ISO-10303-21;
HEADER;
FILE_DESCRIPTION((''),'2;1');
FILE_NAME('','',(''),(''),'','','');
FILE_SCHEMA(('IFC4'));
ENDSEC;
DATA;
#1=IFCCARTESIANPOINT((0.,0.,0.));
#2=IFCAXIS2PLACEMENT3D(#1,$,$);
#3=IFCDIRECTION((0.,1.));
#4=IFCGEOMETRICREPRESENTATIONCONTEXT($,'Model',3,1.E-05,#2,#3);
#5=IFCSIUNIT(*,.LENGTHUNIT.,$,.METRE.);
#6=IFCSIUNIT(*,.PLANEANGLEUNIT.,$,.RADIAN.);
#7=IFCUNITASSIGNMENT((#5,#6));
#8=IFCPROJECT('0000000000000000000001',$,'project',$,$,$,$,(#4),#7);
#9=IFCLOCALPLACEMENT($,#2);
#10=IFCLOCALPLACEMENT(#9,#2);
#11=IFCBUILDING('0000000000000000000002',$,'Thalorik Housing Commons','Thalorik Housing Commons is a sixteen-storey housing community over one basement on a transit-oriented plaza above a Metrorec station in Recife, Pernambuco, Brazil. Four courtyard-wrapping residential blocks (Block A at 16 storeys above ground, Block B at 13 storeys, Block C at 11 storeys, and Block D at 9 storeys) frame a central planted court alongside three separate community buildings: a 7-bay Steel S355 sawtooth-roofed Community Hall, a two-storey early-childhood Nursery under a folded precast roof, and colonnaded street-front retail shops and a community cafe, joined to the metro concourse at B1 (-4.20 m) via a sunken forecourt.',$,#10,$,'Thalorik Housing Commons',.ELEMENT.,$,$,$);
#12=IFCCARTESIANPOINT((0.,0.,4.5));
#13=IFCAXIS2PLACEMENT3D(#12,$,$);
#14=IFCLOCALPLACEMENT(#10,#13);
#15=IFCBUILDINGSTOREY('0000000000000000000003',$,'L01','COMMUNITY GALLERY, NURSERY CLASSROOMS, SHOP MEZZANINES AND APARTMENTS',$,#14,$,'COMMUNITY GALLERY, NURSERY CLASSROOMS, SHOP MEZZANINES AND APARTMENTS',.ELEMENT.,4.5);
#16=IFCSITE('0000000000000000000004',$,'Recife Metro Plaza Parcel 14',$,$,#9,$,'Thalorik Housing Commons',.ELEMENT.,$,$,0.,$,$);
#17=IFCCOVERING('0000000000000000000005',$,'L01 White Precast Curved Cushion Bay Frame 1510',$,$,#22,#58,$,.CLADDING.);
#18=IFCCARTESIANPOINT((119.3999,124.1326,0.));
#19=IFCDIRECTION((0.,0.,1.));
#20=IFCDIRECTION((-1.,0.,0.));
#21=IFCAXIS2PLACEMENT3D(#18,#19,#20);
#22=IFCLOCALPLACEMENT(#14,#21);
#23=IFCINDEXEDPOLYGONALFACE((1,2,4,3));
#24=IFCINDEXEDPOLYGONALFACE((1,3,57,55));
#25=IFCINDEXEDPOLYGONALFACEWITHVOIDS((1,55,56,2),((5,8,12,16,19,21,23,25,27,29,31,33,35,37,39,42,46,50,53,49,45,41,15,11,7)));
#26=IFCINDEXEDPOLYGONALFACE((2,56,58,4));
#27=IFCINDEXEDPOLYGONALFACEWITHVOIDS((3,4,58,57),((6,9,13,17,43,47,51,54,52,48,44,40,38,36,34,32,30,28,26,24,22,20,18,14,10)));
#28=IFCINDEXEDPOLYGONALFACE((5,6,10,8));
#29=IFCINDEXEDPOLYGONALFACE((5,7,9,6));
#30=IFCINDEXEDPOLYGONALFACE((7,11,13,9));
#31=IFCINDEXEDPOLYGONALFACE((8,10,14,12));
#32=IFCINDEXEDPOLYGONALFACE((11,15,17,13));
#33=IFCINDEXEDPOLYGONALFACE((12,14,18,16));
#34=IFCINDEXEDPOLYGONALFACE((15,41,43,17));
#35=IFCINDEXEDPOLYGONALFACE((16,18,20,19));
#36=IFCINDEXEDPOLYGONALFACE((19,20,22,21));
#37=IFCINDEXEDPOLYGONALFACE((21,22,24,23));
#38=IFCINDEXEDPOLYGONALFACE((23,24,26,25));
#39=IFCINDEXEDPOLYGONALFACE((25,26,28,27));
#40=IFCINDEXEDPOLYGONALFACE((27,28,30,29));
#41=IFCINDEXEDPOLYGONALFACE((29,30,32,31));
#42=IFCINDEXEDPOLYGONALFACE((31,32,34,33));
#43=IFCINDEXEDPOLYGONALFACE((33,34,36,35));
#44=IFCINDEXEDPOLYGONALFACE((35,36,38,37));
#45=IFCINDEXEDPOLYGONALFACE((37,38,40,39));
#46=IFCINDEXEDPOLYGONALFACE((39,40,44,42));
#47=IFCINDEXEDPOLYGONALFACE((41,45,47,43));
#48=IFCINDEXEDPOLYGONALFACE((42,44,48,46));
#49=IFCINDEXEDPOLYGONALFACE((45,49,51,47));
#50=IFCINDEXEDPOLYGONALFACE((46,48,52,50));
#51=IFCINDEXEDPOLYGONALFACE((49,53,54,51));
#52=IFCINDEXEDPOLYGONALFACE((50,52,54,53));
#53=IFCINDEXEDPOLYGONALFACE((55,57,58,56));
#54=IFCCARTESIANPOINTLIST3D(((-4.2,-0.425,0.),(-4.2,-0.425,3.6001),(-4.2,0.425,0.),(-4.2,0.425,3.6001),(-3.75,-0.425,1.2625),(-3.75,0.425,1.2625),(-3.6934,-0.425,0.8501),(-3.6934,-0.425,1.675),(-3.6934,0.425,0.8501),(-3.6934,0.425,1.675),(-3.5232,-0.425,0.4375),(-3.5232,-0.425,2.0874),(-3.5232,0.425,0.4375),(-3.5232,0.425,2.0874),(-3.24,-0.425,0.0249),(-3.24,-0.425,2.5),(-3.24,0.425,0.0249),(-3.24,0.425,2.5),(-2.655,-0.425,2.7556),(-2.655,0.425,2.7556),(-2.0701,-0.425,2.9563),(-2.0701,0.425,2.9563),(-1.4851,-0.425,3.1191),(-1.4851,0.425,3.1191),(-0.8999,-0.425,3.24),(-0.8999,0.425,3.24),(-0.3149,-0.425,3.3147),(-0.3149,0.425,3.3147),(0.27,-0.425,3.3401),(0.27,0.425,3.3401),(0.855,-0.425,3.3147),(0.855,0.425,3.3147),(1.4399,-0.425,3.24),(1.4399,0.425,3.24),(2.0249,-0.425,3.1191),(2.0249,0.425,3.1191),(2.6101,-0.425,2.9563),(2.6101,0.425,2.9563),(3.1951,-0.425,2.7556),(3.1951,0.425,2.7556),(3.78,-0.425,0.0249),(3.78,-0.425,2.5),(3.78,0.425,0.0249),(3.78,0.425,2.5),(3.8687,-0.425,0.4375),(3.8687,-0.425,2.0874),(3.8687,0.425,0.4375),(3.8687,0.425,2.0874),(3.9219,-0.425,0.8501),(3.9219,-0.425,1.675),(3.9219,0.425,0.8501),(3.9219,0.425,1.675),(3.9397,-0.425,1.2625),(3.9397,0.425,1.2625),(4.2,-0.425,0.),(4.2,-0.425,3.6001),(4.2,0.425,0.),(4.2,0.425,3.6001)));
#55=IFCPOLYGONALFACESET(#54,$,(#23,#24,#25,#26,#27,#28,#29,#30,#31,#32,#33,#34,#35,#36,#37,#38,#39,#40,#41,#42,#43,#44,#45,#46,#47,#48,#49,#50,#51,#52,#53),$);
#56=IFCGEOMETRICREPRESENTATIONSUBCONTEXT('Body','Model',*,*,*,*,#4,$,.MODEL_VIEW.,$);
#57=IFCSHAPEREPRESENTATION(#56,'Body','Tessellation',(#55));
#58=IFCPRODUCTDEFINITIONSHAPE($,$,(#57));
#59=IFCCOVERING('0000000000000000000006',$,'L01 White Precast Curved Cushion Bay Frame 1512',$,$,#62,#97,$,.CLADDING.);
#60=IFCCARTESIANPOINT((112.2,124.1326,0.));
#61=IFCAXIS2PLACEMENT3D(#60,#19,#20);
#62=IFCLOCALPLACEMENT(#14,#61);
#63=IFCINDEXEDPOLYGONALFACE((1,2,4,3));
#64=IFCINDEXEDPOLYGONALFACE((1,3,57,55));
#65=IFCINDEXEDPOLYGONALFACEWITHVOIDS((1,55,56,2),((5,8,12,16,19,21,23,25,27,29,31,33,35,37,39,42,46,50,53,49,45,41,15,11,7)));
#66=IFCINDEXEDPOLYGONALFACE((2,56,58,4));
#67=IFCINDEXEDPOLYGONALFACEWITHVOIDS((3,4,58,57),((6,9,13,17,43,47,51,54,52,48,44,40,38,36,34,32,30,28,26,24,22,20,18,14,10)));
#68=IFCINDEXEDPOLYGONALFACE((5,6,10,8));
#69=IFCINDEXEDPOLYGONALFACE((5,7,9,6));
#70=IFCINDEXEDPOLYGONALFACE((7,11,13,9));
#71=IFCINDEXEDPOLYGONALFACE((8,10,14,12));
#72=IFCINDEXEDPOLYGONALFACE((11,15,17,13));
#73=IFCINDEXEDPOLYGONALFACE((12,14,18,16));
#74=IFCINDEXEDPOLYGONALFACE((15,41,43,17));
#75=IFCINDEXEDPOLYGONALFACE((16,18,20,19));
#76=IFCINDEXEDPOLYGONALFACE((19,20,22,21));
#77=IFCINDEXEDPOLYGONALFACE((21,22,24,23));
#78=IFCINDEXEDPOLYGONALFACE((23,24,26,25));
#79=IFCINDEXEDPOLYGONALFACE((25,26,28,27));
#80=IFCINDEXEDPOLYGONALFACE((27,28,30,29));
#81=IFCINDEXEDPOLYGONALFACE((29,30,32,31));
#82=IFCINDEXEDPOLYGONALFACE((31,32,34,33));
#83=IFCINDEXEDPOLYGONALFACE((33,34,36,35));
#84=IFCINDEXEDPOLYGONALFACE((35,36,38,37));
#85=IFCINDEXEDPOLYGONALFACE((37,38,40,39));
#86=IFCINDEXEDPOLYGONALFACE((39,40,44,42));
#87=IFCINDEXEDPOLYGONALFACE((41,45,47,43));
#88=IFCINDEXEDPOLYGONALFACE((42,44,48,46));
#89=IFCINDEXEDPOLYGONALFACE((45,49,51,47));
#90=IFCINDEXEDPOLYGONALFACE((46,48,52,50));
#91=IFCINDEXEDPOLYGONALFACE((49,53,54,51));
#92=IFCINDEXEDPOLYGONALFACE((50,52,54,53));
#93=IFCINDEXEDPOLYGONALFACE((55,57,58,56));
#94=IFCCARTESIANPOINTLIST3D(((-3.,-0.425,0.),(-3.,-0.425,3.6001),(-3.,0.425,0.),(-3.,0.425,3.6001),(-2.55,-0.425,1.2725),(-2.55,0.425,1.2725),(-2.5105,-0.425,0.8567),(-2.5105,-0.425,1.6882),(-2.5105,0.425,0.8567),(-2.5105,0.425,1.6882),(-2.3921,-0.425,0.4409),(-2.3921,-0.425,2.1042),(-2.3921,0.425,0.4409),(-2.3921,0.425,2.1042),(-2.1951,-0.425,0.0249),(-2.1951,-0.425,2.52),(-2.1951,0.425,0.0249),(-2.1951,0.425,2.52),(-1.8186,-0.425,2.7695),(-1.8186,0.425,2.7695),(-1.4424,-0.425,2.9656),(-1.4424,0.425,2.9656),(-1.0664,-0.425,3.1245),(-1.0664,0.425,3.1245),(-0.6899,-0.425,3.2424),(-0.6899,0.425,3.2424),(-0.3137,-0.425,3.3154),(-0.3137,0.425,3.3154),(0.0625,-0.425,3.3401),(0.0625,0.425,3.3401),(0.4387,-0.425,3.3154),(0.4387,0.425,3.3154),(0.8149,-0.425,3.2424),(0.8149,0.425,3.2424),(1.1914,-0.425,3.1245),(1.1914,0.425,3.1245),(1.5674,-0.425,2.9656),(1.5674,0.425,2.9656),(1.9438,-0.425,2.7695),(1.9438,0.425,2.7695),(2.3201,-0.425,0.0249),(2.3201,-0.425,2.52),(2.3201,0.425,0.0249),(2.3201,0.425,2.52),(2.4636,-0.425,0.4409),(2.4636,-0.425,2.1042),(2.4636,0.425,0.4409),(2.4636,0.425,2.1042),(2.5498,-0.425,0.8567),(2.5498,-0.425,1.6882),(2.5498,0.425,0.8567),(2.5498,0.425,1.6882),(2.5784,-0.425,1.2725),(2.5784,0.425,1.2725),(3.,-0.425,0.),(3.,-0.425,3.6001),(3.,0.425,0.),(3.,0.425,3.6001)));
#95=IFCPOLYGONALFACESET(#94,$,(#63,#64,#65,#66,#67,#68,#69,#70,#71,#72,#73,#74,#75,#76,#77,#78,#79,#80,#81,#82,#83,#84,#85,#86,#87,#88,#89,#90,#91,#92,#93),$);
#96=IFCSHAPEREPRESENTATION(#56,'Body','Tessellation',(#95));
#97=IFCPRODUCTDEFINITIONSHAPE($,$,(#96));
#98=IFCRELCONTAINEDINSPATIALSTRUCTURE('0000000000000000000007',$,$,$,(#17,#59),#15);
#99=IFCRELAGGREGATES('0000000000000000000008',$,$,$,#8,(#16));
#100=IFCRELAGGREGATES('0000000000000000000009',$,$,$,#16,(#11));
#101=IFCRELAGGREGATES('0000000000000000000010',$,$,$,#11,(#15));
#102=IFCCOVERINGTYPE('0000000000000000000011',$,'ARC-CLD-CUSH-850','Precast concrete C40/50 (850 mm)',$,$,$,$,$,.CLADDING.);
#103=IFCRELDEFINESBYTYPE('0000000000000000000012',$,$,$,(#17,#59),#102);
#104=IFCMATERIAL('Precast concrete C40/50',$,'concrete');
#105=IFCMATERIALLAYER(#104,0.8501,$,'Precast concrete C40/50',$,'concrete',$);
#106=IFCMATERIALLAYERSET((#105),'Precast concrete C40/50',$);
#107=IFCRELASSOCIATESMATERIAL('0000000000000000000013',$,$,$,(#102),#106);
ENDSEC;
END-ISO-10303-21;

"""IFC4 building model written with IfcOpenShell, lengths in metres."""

from ifc_helpers import new_model, si_unit, direction, frame, origin, place, context, subcontext, project, spatial, polyline, outline, extrude, material, layer, layer_set, type_object, element, save


model = new_model("IFC4")

# Units and contexts
model_context = context("Model", 3, precision=1e-05, world=origin(), true_north=direction((0.0, 1.0)))
body_context = subcontext(model_context, "Body", "Model", "MODEL_VIEW")
ifc_project = project(units=[si_unit("LENGTHUNIT", "METRE"), si_unit("PLANEANGLEUNIT", "RADIAN")], contexts=[model_context])

# Site, building, storey
site_placement = place(None, origin())
site = spatial("IfcSite", under=ifc_project, at=site_placement, Name="Recife Metro Plaza Parcel 14", LongName="Thalorik Housing Commons", CompositionType="ELEMENT", RefElevation=0.0)
building_placement = place(site_placement, origin())
building = spatial("IfcBuilding", under=site, at=building_placement, Name="Thalorik Housing Commons", Description="Thalorik Housing Commons is a sixteen-storey housing community over one basement on a transit-oriented plaza above a Metrorec station in Recife, Pernambuco, Brazil. Four courtyard-wrapping residential blocks (Block A at 16 storeys above ground, Block B at 13 storeys, Block C at 11 storeys, and Block D at 9 storeys) frame a central planted court alongside three separate community buildings: a 7-bay Steel S355 sawtooth-roofed Community Hall, a two-storey early-childhood Nursery under a folded precast roof, and colonnaded street-front retail shops and a community cafe, joined to the metro concourse at B1 (-4.20 m) via a sunken forecourt.", LongName="Thalorik Housing Commons", CompositionType="ELEMENT")
storey_placement = place(building_placement, frame((0.0, 0.0, 4.5)))
storey = spatial("IfcBuildingStorey", under=building, at=storey_placement, Name="L01", Description="COMMUNITY GALLERY, NURSERY CLASSROOMS, SHOP MEZZANINES AND APARTMENTS", LongName="COMMUNITY GALLERY, NURSERY CLASSROOMS, SHOP MEZZANINES AND APARTMENTS", CompositionType="ELEMENT", Elevation=4.5)

# Shared definitions
ifc_material_1 = material(Name="Precast concrete C40/50", Category="concrete")

# Coverings
ifc_layer_1 = layer(ifc_material_1, 0.8501, Name="Precast concrete C40/50", Category="concrete")
ifc_layer_set_1 = layer_set([ifc_layer_1], Name="Precast concrete C40/50")
covering_type_1 = type_object("IfcCoveringType", Name="ARC-CLD-CUSH-850", Description="Precast concrete C40/50 (850 mm)", PredefinedType="CLADDING", material=ifc_layer_set_1)
covering_1_placement = place(storey_placement, frame((119.3999, 124.1326, 0.0), z_axis=(0.0, 0.0, 1.0), x_axis=(-1.0, 0.0, 0.0)))
element("IfcCovering", 1, at=covering_1_placement, inside=storey, type_object=covering_type_1, Name="L01 White Precast Curved Cushion Bay Frame 1510", PredefinedType="CLADDING", context=body_context, shape_type="SweptSolid", body=[
    extrude(outline(polyline([(-4.2, 0.0), (4.2, 0.0), (4.2, 3.6001), (-4.2, 3.6001), (-4.2, 0.0)]), holes=[polyline([(3.78, 0.0249), (3.8687, 0.4375), (3.9219, 0.8501), (3.9397, 1.2625), (3.9219, 1.675), (3.8687, 2.0874), (3.78, 2.5), (3.1951, 2.7556), (2.6101, 2.9563), (2.0249, 3.1191), (1.4399, 3.24), (0.855, 3.3147), (0.27, 3.3401), (-0.3149, 3.3147), (-0.8999, 3.24), (-1.4851, 3.1191), (-2.0701, 2.9563), (-2.655, 2.7556), (-3.24, 2.5), (-3.5232, 2.0874), (-3.6934, 1.675), (-3.75, 1.2625), (-3.6934, 0.8501), (-3.5232, 0.4375), (-3.24, 0.0249), (3.78, 0.0249)])]), frame((0.0, 0.425, 0.0), z_axis=(0.0, -1.0, 0.0), x_axis=(1.0, 0.0, 0.0)), (0.0, 0.0, 1.0), 0.8501),
])
covering_2_placement = place(storey_placement, frame((112.2, 124.1326, 0.0), z_axis=(0.0, 0.0, 1.0), x_axis=(-1.0, 0.0, 0.0)))
element("IfcCovering", 2, at=covering_2_placement, inside=storey, type_object=covering_type_1, Name="L01 White Precast Curved Cushion Bay Frame 1512", PredefinedType="CLADDING", context=body_context, shape_type="SweptSolid", body=[
    extrude(outline(polyline([(-3.0, 0.0), (3.0, 0.0), (3.0, 3.6001), (-3.0, 3.6001), (-3.0, 0.0)]), holes=[polyline([(2.3201, 0.0249), (2.4636, 0.4409), (2.5498, 0.8567), (2.5784, 1.2725), (2.5498, 1.6882), (2.4636, 2.1042), (2.3201, 2.52), (1.9438, 2.7695), (1.5674, 2.9656), (1.1914, 3.1245), (0.8149, 3.2424), (0.4387, 3.3154), (0.0625, 3.3401), (-0.3137, 3.3154), (-0.6899, 3.2424), (-1.0664, 3.1245), (-1.4424, 2.9656), (-1.8186, 2.7695), (-2.1951, 2.52), (-2.3921, 2.1042), (-2.5105, 1.6882), (-2.55, 1.2725), (-2.5105, 0.8567), (-2.3921, 0.4409), (-2.1951, 0.0249), (2.3201, 0.0249)])]), frame((0.0, 0.425, 0.0), z_axis=(0.0, -1.0, 0.0), x_axis=(1.0, 0.0, 0.0)), (0.0, 0.0, 1.0), 0.8501),
])

save(model, "model.ifc")
